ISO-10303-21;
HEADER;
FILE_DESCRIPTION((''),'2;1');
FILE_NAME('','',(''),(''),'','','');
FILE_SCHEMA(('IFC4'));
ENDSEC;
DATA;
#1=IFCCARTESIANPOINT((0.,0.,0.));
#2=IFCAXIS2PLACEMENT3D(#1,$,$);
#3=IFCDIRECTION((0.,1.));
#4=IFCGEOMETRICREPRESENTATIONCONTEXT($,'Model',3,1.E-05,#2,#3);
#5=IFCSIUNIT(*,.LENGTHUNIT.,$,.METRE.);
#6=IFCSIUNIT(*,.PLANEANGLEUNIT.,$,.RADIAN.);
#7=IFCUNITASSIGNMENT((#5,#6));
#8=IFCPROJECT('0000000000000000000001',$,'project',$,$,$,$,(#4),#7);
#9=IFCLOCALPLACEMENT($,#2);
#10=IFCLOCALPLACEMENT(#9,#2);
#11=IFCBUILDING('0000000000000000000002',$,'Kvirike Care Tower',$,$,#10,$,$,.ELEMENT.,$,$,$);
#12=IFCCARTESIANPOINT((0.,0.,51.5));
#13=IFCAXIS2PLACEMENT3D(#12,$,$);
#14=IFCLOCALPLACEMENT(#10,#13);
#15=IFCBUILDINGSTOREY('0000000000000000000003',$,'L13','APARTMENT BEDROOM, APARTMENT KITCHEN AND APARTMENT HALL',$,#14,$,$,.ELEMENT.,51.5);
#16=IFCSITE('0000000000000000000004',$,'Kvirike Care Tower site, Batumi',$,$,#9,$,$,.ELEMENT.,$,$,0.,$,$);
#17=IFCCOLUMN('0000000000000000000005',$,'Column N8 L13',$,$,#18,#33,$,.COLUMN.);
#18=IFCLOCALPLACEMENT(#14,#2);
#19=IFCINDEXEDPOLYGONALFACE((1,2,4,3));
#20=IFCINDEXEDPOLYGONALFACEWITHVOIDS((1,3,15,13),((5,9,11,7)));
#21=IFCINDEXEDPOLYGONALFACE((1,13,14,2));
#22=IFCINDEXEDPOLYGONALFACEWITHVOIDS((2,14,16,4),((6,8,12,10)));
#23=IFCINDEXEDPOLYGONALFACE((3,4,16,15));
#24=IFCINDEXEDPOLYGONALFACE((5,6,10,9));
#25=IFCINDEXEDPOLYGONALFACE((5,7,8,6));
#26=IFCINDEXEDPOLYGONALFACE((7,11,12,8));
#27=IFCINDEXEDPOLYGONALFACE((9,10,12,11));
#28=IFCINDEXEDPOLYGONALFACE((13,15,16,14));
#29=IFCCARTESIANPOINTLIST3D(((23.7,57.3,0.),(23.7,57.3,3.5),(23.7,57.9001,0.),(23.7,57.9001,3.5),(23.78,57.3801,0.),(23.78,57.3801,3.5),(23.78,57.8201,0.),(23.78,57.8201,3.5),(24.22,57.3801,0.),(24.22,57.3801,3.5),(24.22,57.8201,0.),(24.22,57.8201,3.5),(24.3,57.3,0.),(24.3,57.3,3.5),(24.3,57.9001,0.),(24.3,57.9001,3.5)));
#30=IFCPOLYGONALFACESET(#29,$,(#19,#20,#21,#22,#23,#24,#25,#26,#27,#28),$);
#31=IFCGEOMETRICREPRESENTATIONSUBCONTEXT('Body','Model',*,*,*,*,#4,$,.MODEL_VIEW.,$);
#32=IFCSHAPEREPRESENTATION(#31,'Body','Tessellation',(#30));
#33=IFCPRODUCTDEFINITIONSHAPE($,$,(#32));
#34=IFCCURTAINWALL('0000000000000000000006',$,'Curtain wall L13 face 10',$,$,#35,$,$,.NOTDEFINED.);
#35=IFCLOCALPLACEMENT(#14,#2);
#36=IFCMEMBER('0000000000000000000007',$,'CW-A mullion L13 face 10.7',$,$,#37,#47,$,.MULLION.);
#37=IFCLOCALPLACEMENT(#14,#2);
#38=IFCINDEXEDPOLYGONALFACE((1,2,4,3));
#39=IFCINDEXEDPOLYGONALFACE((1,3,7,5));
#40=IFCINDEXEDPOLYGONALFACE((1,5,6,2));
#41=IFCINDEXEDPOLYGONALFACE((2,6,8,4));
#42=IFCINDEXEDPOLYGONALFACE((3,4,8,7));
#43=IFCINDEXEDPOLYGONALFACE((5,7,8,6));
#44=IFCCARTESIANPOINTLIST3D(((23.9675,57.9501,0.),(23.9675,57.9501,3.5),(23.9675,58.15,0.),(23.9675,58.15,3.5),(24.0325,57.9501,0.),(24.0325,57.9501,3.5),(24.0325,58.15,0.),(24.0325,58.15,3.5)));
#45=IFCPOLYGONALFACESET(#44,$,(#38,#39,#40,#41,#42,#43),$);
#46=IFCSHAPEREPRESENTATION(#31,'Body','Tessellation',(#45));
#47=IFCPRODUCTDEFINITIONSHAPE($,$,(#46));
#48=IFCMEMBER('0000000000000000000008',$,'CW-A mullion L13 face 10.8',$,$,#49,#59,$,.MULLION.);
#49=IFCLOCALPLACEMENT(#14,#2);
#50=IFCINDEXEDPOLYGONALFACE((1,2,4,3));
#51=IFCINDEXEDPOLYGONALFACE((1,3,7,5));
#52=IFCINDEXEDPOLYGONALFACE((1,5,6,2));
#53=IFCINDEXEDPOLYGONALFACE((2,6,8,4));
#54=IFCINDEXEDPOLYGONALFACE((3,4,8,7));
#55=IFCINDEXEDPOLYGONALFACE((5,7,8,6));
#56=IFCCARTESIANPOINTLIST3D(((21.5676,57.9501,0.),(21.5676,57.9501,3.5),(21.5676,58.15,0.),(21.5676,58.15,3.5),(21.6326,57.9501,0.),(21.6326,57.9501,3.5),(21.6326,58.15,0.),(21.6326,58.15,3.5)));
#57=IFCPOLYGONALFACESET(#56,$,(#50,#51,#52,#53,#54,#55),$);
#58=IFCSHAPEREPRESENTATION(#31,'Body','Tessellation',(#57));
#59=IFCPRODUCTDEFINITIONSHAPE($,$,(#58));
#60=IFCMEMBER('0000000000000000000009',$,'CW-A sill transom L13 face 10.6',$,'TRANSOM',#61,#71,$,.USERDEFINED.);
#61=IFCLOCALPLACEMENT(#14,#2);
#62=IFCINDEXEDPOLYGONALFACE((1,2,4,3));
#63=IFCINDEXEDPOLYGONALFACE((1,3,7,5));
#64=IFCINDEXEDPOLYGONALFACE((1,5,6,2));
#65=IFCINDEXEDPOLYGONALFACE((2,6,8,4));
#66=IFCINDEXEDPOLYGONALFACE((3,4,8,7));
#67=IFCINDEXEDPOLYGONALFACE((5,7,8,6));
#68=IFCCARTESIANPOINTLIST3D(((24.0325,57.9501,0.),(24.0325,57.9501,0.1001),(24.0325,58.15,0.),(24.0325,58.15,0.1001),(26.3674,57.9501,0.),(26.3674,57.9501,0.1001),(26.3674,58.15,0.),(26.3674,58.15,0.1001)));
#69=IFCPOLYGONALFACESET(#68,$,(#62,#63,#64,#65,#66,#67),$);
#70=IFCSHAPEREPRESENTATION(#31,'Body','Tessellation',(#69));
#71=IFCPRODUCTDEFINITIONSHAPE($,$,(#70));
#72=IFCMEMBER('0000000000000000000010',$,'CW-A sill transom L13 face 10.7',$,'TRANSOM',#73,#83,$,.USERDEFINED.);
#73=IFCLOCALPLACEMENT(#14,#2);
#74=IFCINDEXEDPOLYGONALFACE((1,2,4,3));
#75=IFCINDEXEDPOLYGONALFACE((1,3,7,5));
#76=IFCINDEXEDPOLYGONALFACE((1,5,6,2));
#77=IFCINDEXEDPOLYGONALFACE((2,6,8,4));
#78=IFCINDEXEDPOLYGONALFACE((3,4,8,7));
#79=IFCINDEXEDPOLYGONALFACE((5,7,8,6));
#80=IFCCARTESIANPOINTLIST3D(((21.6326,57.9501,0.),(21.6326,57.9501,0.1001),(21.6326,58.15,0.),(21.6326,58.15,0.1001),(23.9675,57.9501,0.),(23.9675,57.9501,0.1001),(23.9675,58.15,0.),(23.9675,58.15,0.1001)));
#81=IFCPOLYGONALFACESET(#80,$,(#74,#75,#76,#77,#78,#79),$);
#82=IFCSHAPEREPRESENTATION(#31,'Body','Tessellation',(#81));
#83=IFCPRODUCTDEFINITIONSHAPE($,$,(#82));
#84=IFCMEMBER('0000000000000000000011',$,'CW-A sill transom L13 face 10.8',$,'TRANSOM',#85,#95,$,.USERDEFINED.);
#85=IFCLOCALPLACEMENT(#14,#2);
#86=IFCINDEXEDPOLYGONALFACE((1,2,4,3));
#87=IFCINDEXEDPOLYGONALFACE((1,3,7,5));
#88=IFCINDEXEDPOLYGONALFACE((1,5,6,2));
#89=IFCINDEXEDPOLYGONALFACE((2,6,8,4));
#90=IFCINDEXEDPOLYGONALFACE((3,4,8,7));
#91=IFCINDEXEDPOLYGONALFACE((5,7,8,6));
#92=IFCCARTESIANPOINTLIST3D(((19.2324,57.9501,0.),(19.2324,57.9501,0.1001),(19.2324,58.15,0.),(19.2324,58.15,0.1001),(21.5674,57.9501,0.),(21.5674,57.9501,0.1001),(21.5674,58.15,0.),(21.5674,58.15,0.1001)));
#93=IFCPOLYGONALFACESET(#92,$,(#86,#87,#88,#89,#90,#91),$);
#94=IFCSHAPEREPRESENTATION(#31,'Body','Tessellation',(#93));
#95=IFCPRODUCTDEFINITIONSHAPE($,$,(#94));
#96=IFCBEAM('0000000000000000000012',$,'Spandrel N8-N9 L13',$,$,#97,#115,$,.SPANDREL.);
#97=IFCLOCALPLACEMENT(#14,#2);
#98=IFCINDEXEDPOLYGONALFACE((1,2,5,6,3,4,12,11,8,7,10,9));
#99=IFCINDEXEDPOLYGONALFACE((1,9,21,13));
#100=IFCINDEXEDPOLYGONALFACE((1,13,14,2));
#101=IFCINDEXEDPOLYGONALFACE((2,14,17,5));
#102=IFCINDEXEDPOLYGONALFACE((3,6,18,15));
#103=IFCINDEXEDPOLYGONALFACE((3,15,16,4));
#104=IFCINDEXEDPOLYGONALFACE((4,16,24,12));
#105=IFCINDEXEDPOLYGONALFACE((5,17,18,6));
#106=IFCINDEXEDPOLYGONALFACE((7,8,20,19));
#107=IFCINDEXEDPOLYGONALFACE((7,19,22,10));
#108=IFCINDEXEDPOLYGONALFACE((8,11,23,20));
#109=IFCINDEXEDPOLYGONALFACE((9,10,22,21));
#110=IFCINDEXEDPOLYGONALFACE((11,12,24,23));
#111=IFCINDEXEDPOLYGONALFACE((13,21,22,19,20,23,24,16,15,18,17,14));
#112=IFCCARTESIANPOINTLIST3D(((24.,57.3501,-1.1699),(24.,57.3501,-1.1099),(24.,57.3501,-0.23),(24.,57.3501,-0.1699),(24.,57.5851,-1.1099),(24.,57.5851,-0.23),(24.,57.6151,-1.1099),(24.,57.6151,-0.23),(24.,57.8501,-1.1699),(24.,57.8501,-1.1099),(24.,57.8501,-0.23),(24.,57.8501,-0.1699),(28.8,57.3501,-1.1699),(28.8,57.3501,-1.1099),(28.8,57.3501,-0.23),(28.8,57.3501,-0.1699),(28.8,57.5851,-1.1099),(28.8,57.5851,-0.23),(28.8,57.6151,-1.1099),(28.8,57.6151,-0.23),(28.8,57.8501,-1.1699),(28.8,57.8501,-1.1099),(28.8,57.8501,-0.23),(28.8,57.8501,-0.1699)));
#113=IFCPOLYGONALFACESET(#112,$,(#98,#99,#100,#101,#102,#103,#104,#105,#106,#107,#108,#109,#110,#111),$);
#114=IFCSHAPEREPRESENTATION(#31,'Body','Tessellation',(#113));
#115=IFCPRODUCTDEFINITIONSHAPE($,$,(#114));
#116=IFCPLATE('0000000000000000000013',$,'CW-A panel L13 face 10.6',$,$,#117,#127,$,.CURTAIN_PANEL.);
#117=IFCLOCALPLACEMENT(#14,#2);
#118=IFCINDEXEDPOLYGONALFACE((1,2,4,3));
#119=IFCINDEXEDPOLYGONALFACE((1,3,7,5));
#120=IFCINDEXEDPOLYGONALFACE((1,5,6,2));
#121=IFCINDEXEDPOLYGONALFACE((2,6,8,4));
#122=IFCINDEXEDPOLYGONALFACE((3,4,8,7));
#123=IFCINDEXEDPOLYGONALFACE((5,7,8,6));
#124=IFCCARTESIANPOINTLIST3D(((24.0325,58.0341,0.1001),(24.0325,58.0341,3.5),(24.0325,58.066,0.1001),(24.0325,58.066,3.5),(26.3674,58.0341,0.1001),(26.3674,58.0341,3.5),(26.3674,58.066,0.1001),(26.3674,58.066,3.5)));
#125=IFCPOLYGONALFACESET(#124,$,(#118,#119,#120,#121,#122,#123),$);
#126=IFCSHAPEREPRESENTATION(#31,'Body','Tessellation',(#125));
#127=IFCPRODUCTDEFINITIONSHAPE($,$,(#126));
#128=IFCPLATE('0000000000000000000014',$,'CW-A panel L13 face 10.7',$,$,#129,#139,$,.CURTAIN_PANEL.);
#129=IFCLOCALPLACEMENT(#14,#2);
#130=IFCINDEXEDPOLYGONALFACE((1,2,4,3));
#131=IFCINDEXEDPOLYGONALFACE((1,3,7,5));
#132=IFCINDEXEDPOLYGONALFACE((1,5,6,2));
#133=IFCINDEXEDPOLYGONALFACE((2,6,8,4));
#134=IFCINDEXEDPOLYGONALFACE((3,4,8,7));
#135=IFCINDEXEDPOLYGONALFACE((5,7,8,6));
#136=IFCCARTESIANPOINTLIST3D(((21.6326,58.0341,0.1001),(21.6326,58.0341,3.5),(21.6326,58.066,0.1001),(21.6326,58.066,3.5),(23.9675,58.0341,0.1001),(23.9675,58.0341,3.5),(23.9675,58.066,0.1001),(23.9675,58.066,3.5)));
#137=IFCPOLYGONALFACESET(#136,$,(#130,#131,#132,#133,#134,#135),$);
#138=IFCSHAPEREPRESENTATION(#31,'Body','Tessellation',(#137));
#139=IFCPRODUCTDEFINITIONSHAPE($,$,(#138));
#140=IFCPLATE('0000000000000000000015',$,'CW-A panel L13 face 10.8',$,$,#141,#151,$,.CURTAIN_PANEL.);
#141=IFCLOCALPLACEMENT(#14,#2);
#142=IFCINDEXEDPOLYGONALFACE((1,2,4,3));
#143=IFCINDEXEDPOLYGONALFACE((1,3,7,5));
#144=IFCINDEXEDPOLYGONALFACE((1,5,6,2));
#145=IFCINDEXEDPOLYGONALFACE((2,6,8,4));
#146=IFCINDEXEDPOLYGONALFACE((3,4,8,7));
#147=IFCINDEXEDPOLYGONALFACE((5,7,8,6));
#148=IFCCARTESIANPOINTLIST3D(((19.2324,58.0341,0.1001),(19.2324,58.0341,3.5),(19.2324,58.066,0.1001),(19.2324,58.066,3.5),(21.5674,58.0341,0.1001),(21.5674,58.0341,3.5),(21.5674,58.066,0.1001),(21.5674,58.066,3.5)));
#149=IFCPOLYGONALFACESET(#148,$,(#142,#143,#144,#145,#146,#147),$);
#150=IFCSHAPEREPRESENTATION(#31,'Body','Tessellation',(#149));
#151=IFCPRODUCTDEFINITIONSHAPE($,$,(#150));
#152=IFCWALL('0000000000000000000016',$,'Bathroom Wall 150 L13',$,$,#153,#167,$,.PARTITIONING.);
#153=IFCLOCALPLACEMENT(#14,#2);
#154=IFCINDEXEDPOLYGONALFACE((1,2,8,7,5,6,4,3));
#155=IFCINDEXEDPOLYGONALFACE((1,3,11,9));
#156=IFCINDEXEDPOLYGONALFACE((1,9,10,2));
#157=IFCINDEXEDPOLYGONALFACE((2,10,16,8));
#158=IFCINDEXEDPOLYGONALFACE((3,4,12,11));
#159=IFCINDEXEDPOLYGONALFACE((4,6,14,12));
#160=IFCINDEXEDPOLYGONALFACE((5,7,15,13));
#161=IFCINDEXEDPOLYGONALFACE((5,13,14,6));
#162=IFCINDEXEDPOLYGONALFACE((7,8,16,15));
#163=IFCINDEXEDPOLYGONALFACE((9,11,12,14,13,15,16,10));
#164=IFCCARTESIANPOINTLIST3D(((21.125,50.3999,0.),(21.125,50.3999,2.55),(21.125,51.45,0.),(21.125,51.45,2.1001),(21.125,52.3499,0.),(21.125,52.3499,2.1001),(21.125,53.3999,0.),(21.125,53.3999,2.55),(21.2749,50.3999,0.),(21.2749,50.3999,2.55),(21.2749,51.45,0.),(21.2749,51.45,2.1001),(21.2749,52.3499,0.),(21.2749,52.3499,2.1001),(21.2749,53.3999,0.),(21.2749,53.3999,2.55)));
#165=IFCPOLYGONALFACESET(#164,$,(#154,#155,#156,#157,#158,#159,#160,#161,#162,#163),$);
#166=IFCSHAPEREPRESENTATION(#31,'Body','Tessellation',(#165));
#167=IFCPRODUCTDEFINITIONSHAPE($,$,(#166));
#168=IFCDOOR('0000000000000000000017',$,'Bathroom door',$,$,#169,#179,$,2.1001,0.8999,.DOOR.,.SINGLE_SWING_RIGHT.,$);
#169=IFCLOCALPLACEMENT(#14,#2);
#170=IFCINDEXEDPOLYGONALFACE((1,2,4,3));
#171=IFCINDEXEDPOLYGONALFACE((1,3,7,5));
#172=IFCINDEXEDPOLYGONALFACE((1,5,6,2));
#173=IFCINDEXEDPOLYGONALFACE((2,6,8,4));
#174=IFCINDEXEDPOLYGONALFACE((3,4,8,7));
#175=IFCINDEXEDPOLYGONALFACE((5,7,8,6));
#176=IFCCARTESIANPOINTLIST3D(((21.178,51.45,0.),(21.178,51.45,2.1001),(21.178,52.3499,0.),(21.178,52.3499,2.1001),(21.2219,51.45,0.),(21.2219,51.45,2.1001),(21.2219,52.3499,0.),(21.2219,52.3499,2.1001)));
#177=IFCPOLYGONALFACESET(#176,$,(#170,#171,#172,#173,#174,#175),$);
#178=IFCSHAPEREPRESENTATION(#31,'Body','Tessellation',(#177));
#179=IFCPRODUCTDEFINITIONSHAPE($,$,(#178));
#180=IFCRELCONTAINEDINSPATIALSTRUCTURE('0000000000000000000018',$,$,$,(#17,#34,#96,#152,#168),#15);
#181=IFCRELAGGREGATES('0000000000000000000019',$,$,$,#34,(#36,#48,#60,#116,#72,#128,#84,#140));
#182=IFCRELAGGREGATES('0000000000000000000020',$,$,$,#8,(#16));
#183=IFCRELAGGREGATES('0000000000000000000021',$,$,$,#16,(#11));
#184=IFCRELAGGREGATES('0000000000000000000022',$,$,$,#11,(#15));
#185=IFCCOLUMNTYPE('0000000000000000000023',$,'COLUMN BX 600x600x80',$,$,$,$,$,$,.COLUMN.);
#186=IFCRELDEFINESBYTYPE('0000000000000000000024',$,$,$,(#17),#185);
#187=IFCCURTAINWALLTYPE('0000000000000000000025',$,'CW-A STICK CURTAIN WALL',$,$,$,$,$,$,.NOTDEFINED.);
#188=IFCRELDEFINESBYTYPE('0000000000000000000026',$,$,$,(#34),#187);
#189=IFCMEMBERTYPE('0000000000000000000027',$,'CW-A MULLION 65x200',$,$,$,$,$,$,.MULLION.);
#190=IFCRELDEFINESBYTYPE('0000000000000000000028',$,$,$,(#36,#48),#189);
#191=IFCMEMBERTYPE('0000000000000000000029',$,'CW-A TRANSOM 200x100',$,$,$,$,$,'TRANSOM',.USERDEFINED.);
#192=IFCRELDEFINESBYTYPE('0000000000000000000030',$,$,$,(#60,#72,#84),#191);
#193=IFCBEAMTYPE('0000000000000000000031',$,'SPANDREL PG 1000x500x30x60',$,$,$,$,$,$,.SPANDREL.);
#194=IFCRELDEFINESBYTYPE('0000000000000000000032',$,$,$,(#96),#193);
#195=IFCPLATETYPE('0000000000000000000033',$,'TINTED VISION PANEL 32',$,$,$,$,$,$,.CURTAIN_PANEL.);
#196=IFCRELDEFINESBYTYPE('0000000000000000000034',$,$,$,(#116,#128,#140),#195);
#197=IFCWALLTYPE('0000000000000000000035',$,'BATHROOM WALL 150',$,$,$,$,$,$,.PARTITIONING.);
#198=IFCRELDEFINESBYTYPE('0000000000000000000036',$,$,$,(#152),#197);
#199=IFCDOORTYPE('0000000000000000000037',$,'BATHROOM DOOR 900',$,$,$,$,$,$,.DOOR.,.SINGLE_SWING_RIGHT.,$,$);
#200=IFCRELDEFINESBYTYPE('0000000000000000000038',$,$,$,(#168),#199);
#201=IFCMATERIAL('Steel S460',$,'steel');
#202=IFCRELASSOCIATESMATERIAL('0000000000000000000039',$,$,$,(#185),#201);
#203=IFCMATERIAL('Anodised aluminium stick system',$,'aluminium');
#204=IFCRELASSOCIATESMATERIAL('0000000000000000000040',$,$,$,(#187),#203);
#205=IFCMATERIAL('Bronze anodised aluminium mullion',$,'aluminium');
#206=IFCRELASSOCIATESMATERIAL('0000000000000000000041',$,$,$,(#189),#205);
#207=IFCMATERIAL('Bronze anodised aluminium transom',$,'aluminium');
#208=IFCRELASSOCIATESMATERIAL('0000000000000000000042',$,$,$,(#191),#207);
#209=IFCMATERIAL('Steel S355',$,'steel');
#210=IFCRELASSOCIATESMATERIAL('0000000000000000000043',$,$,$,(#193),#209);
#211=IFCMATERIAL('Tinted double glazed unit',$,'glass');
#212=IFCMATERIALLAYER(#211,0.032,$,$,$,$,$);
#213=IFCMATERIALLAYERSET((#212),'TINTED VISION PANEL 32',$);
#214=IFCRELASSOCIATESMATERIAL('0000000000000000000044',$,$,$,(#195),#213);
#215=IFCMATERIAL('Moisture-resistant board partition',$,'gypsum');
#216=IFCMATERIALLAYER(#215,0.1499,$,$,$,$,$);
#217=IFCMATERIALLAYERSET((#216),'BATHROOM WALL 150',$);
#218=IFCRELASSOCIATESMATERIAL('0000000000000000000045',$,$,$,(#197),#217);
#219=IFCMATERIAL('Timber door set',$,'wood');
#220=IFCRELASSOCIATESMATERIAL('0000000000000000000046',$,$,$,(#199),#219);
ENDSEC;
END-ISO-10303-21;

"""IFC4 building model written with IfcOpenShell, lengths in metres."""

from ifc_helpers import new_model, si_unit, direction, frame, frame_2d, origin, origin_2d, place, context, subcontext, project, spatial, rectangle, hollow_rectangle, i_section, extrude, material, layer, layer_set, material_profile, profile_set, type_object, element, fill, aggregate, save


model = new_model("IFC4")

# Units and contexts
model_context = context("Model", 3, precision=1e-05, world=origin(), true_north=direction((0.0, 1.0)))
body_context = subcontext(model_context, "Body", "Model", "MODEL_VIEW")
ifc_project = project(units=[si_unit("LENGTHUNIT", "METRE"), si_unit("PLANEANGLEUNIT", "RADIAN")], contexts=[model_context])

# Site, building, storey
site_placement = place(None, origin())
site = spatial("IfcSite", under=ifc_project, at=site_placement, Name="Kvirike Care Tower site, Batumi", CompositionType="ELEMENT", RefElevation=0.0)
building_placement = place(site_placement, origin())
building = spatial("IfcBuilding", under=site, at=building_placement, Name="Kvirike Care Tower", CompositionType="ELEMENT")
storey_placement = place(building_placement, frame((0.0, 0.0, 51.5)))
storey = spatial("IfcBuildingStorey", under=building, at=storey_placement, Name="L13", Description="APARTMENT BEDROOM, APARTMENT KITCHEN AND APARTMENT HALL", CompositionType="ELEMENT", Elevation=51.5)

# Column
ifc_material_1 = material(Name="Steel S460", Category="steel")
ifc_material_profile_1 = material_profile(ifc_material_1, hollow_rectangle(XDim=0.6001, YDim=0.6001, WallThickness=0.0801, at=origin_2d()), Name="BX 600x600x80")
ifc_profile_set_1 = profile_set([ifc_material_profile_1], Name="Steel S460")
column_type = type_object("IfcColumnType", Name="COLUMN BX 600x600x80", PredefinedType="COLUMN", material=ifc_profile_set_1)
column_placement = place(storey_placement, frame((24.0, 57.6001, 0.0), z_axis=(0.0, 0.0, 1.0), x_axis=(0.0, 1.0, 0.0)))
element("IfcColumn", 1, at=column_placement, inside=storey, type_object=column_type, Name="Column N8 L13", PredefinedType="COLUMN", context=body_context, shape_type="SweptSolid", body=[
    extrude(hollow_rectangle(XDim=0.6001, YDim=0.6001, WallThickness=0.0801, at=origin_2d()), origin(), (0.0, 0.0, 1.0), 3.5),
])

# Curtain wall, members
ifc_material_2 = material(Name="Anodised aluminium stick system", Category="aluminium")
curtain_wall_type = type_object("IfcCurtainWallType", Name="CW-A STICK CURTAIN WALL", PredefinedType="NOTDEFINED", material=ifc_material_2)
curtain_wall_placement = place(storey_placement, origin())
curtain_wall = element("IfcCurtainWall", 2, at=curtain_wall_placement, inside=storey, type_object=curtain_wall_type, Name="Curtain wall L13 face 10", PredefinedType="NOTDEFINED")
ifc_material_3 = material(Name="Bronze anodised aluminium mullion", Category="aluminium")
ifc_material_profile_2 = material_profile(ifc_material_3, rectangle(XDim=0.0649, YDim=0.2, at=origin_2d()), Name="CW-A MULLION 65x200")
ifc_profile_set_2 = profile_set([ifc_material_profile_2], Name="Bronze anodised aluminium mullion")
member_type_1 = type_object("IfcMemberType", Name="CW-A MULLION 65x200", PredefinedType="MULLION", material=ifc_profile_set_2)
member_1_placement = place(storey_placement, frame((24.0, 58.05, 0.0), z_axis=(0.0, 0.0, 1.0), x_axis=(-1.0, 0.0, 0.0)))
member_1 = element("IfcMember", 3, at=member_1_placement, type_object=member_type_1, Name="CW-A mullion L13 face 10.7", PredefinedType="MULLION", context=body_context, shape_type="SweptSolid", body=[
    extrude(rectangle(XDim=0.0649, YDim=0.2, at=origin_2d()), origin(), (0.0, 0.0, 1.0), 3.5),
])
member_2_placement = place(storey_placement, frame((21.6001, 58.05, 0.0), z_axis=(0.0, 0.0, 1.0), x_axis=(-1.0, 0.0, 0.0)))
member_2 = element("IfcMember", 4, at=member_2_placement, type_object=member_type_1, Name="CW-A mullion L13 face 10.8", PredefinedType="MULLION", context=body_context, shape_type="SweptSolid", body=[
    extrude(rectangle(XDim=0.0649, YDim=0.2, at=origin_2d()), origin(), (0.0, 0.0, 1.0), 3.5),
])
ifc_material_4 = material(Name="Bronze anodised aluminium transom", Category="aluminium")
ifc_material_profile_3 = material_profile(ifc_material_4, rectangle(XDim=0.2, YDim=0.1001, at=origin_2d()), Name="CW-A TRANSOM 200x100")
ifc_profile_set_3 = profile_set([ifc_material_profile_3], Name="Bronze anodised aluminium transom")
member_type_2 = type_object("IfcMemberType", Name="CW-A TRANSOM 200x100", ElementType="TRANSOM", PredefinedType="USERDEFINED", material=ifc_profile_set_3)
member_3_placement = place(storey_placement, frame((26.3674, 58.05, 0.05), z_axis=(-1.0, 0.0, 0.0), x_axis=(0.0, -1.0, 0.0)))
member_3 = element("IfcMember", 5, at=member_3_placement, type_object=member_type_2, Name="CW-A sill transom L13 face 10.6", ObjectType="TRANSOM", PredefinedType="USERDEFINED", context=body_context, shape_type="SweptSolid", body=[
    extrude(rectangle(XDim=0.2, YDim=0.1001, at=origin_2d()), origin(), (0.0, 0.0, 1.0), 2.335),
])
member_4_placement = place(storey_placement, frame((23.9675, 58.05, 0.05), z_axis=(-1.0, 0.0, 0.0), x_axis=(0.0, -1.0, 0.0)))
member_4 = element("IfcMember", 6, at=member_4_placement, type_object=member_type_2, Name="CW-A sill transom L13 face 10.7", ObjectType="TRANSOM", PredefinedType="USERDEFINED", context=body_context, shape_type="SweptSolid", body=[
    extrude(rectangle(XDim=0.2, YDim=0.1001, at=origin_2d()), origin(), (0.0, 0.0, 1.0), 2.335),
])
member_5_placement = place(storey_placement, frame((21.5674, 58.05, 0.05), z_axis=(-1.0, 0.0, 0.0), x_axis=(0.0, -1.0, 0.0)))
member_5 = element("IfcMember", 7, at=member_5_placement, type_object=member_type_2, Name="CW-A sill transom L13 face 10.8", ObjectType="TRANSOM", PredefinedType="USERDEFINED", context=body_context, shape_type="SweptSolid", body=[
    extrude(rectangle(XDim=0.2, YDim=0.1001, at=origin_2d()), origin(), (0.0, 0.0, 1.0), 2.335),
])

# Beam
ifc_material_5 = material(Name="Steel S355", Category="steel")
ifc_material_profile_4 = material_profile(ifc_material_5, i_section(OverallWidth=0.5, OverallDepth=1.0, WebThickness=0.03, FlangeThickness=0.0601, at=origin_2d()), Name="PG 1000x500x30x60")
ifc_profile_set_4 = profile_set([ifc_material_profile_4], Name="Steel S355")
beam_type = type_object("IfcBeamType", Name="SPANDREL PG 1000x500x30x60", PredefinedType="SPANDREL", material=ifc_profile_set_4)
beam_placement = place(storey_placement, frame((24.0, 57.6001, -0.6699), z_axis=(1.0, 0.0, 0.0), x_axis=(0.0, 1.0, 0.0)))
element("IfcBeam", 8, at=beam_placement, inside=storey, type_object=beam_type, Name="Spandrel N8-N9 L13", PredefinedType="SPANDREL", context=body_context, shape_type="SweptSolid", body=[
    extrude(i_section(OverallWidth=0.5, OverallDepth=1.0, WebThickness=0.03, FlangeThickness=0.0601, at=origin_2d()), origin(), (0.0, 0.0, 1.0), 4.8),
])

# Plates
ifc_material_6 = material(Name="Tinted double glazed unit", Category="glass")
ifc_layer_1 = layer(ifc_material_6, 0.032)
ifc_layer_set_1 = layer_set([ifc_layer_1], Name="TINTED VISION PANEL 32")
plate_type = type_object("IfcPlateType", Name="TINTED VISION PANEL 32", PredefinedType="CURTAIN_PANEL", material=ifc_layer_set_1)
plate_1_placement = place(storey_placement, frame((25.2, 58.05, 0.1001), z_axis=(0.0, 0.0, 1.0), x_axis=(-1.0, 0.0, 0.0)))
plate_1 = element("IfcPlate", 9, at=plate_1_placement, type_object=plate_type, Name="CW-A panel L13 face 10.6", PredefinedType="CURTAIN_PANEL", context=body_context, shape_type="SweptSolid", body=[
    extrude(rectangle(XDim=2.335, YDim=0.032, at=origin_2d()), origin(), (0.0, 0.0, 1.0), 3.3999),
])
plate_2_placement = place(storey_placement, frame((22.8, 58.05, 0.1001), z_axis=(0.0, 0.0, 1.0), x_axis=(-1.0, 0.0, 0.0)))
plate_2 = element("IfcPlate", 10, at=plate_2_placement, type_object=plate_type, Name="CW-A panel L13 face 10.7", PredefinedType="CURTAIN_PANEL", context=body_context, shape_type="SweptSolid", body=[
    extrude(rectangle(XDim=2.335, YDim=0.032, at=origin_2d()), origin(), (0.0, 0.0, 1.0), 3.3999),
])
plate_3_placement = place(storey_placement, frame((20.3999, 58.05, 0.1001), z_axis=(0.0, 0.0, 1.0), x_axis=(-1.0, 0.0, 0.0)))
plate_3 = element("IfcPlate", 11, at=plate_3_placement, type_object=plate_type, Name="CW-A panel L13 face 10.8", PredefinedType="CURTAIN_PANEL", context=body_context, shape_type="SweptSolid", body=[
    extrude(rectangle(XDim=2.335, YDim=0.032, at=origin_2d()), origin(), (0.0, 0.0, 1.0), 3.3999),
])
aggregate(curtain_wall, [member_1, member_2, member_3, plate_1, member_4, plate_2, member_5, plate_3])

# Wall, opening, door
ifc_material_7 = material(Name="Moisture-resistant board partition", Category="gypsum")
ifc_layer_2 = layer(ifc_material_7, 0.1499)
ifc_layer_set_2 = layer_set([ifc_layer_2], Name="BATHROOM WALL 150")
wall_type_1 = type_object("IfcWallType", Name="BATHROOM WALL 150", PredefinedType="PARTITIONING", material=ifc_layer_set_2)
wall_1_placement = place(storey_placement, frame((21.2, 53.3999, 0.0), z_axis=(0.0, 0.0, 1.0), x_axis=(0.0, -1.0, 0.0)))
wall_1 = element("IfcWall", 12, at=wall_1_placement, inside=storey, type_object=wall_type_1, Name="Bathroom Wall 150 L13", PredefinedType="PARTITIONING", context=body_context, shape_type="SweptSolid", body=[
    extrude(rectangle(XDim=3.0, YDim=0.1499, at=frame_2d((1.5, 0.0))), origin(), (0.0, 0.0, 1.0), 2.55),
])
opening_1_placement = place(wall_1_placement, frame((1.05, 0.0, 0.0)))
opening_1 = element("IfcOpeningElement", 13, at=opening_1_placement, cuts=wall_1, PredefinedType="OPENING", context=body_context, shape_type="SweptSolid", body=[
    extrude(rectangle(XDim=0.8999, YDim=2.1001, at=frame_2d((0.45, 1.05))), frame((0.0, 0.0854, 0.0), z_axis=(0.0, -1.0, 0.0), x_axis=(1.0, 0.0, 0.0)), (0.0, 0.0, 1.0), 0.1709),
])
ifc_material_8 = material(Name="Timber door set", Category="wood")
door_type_1 = type_object("IfcDoorType", Name="BATHROOM DOOR 900", OperationType="SINGLE_SWING_RIGHT", PredefinedType="DOOR", material=ifc_material_8)
door_1_placement = place(opening_1_placement, origin())
door_1 = element("IfcDoor", 14, at=door_1_placement, inside=storey, type_object=door_type_1, Name="Bathroom door", OperationType="SINGLE_SWING_RIGHT", OverallHeight=2.1001, OverallWidth=0.8999, PredefinedType="DOOR", context=body_context, shape_type="SweptSolid", body=[
    extrude(rectangle(XDim=0.8999, YDim=2.1001, at=frame_2d((0.45, 1.05))), frame((0.0, 0.022, 0.0), z_axis=(0.0, -1.0, 0.0), x_axis=(1.0, 0.0, 0.0)), (0.0, 0.0, 1.0), 0.0439),
])
fill(opening_1, door_1)

save(model, "model.ifc")
